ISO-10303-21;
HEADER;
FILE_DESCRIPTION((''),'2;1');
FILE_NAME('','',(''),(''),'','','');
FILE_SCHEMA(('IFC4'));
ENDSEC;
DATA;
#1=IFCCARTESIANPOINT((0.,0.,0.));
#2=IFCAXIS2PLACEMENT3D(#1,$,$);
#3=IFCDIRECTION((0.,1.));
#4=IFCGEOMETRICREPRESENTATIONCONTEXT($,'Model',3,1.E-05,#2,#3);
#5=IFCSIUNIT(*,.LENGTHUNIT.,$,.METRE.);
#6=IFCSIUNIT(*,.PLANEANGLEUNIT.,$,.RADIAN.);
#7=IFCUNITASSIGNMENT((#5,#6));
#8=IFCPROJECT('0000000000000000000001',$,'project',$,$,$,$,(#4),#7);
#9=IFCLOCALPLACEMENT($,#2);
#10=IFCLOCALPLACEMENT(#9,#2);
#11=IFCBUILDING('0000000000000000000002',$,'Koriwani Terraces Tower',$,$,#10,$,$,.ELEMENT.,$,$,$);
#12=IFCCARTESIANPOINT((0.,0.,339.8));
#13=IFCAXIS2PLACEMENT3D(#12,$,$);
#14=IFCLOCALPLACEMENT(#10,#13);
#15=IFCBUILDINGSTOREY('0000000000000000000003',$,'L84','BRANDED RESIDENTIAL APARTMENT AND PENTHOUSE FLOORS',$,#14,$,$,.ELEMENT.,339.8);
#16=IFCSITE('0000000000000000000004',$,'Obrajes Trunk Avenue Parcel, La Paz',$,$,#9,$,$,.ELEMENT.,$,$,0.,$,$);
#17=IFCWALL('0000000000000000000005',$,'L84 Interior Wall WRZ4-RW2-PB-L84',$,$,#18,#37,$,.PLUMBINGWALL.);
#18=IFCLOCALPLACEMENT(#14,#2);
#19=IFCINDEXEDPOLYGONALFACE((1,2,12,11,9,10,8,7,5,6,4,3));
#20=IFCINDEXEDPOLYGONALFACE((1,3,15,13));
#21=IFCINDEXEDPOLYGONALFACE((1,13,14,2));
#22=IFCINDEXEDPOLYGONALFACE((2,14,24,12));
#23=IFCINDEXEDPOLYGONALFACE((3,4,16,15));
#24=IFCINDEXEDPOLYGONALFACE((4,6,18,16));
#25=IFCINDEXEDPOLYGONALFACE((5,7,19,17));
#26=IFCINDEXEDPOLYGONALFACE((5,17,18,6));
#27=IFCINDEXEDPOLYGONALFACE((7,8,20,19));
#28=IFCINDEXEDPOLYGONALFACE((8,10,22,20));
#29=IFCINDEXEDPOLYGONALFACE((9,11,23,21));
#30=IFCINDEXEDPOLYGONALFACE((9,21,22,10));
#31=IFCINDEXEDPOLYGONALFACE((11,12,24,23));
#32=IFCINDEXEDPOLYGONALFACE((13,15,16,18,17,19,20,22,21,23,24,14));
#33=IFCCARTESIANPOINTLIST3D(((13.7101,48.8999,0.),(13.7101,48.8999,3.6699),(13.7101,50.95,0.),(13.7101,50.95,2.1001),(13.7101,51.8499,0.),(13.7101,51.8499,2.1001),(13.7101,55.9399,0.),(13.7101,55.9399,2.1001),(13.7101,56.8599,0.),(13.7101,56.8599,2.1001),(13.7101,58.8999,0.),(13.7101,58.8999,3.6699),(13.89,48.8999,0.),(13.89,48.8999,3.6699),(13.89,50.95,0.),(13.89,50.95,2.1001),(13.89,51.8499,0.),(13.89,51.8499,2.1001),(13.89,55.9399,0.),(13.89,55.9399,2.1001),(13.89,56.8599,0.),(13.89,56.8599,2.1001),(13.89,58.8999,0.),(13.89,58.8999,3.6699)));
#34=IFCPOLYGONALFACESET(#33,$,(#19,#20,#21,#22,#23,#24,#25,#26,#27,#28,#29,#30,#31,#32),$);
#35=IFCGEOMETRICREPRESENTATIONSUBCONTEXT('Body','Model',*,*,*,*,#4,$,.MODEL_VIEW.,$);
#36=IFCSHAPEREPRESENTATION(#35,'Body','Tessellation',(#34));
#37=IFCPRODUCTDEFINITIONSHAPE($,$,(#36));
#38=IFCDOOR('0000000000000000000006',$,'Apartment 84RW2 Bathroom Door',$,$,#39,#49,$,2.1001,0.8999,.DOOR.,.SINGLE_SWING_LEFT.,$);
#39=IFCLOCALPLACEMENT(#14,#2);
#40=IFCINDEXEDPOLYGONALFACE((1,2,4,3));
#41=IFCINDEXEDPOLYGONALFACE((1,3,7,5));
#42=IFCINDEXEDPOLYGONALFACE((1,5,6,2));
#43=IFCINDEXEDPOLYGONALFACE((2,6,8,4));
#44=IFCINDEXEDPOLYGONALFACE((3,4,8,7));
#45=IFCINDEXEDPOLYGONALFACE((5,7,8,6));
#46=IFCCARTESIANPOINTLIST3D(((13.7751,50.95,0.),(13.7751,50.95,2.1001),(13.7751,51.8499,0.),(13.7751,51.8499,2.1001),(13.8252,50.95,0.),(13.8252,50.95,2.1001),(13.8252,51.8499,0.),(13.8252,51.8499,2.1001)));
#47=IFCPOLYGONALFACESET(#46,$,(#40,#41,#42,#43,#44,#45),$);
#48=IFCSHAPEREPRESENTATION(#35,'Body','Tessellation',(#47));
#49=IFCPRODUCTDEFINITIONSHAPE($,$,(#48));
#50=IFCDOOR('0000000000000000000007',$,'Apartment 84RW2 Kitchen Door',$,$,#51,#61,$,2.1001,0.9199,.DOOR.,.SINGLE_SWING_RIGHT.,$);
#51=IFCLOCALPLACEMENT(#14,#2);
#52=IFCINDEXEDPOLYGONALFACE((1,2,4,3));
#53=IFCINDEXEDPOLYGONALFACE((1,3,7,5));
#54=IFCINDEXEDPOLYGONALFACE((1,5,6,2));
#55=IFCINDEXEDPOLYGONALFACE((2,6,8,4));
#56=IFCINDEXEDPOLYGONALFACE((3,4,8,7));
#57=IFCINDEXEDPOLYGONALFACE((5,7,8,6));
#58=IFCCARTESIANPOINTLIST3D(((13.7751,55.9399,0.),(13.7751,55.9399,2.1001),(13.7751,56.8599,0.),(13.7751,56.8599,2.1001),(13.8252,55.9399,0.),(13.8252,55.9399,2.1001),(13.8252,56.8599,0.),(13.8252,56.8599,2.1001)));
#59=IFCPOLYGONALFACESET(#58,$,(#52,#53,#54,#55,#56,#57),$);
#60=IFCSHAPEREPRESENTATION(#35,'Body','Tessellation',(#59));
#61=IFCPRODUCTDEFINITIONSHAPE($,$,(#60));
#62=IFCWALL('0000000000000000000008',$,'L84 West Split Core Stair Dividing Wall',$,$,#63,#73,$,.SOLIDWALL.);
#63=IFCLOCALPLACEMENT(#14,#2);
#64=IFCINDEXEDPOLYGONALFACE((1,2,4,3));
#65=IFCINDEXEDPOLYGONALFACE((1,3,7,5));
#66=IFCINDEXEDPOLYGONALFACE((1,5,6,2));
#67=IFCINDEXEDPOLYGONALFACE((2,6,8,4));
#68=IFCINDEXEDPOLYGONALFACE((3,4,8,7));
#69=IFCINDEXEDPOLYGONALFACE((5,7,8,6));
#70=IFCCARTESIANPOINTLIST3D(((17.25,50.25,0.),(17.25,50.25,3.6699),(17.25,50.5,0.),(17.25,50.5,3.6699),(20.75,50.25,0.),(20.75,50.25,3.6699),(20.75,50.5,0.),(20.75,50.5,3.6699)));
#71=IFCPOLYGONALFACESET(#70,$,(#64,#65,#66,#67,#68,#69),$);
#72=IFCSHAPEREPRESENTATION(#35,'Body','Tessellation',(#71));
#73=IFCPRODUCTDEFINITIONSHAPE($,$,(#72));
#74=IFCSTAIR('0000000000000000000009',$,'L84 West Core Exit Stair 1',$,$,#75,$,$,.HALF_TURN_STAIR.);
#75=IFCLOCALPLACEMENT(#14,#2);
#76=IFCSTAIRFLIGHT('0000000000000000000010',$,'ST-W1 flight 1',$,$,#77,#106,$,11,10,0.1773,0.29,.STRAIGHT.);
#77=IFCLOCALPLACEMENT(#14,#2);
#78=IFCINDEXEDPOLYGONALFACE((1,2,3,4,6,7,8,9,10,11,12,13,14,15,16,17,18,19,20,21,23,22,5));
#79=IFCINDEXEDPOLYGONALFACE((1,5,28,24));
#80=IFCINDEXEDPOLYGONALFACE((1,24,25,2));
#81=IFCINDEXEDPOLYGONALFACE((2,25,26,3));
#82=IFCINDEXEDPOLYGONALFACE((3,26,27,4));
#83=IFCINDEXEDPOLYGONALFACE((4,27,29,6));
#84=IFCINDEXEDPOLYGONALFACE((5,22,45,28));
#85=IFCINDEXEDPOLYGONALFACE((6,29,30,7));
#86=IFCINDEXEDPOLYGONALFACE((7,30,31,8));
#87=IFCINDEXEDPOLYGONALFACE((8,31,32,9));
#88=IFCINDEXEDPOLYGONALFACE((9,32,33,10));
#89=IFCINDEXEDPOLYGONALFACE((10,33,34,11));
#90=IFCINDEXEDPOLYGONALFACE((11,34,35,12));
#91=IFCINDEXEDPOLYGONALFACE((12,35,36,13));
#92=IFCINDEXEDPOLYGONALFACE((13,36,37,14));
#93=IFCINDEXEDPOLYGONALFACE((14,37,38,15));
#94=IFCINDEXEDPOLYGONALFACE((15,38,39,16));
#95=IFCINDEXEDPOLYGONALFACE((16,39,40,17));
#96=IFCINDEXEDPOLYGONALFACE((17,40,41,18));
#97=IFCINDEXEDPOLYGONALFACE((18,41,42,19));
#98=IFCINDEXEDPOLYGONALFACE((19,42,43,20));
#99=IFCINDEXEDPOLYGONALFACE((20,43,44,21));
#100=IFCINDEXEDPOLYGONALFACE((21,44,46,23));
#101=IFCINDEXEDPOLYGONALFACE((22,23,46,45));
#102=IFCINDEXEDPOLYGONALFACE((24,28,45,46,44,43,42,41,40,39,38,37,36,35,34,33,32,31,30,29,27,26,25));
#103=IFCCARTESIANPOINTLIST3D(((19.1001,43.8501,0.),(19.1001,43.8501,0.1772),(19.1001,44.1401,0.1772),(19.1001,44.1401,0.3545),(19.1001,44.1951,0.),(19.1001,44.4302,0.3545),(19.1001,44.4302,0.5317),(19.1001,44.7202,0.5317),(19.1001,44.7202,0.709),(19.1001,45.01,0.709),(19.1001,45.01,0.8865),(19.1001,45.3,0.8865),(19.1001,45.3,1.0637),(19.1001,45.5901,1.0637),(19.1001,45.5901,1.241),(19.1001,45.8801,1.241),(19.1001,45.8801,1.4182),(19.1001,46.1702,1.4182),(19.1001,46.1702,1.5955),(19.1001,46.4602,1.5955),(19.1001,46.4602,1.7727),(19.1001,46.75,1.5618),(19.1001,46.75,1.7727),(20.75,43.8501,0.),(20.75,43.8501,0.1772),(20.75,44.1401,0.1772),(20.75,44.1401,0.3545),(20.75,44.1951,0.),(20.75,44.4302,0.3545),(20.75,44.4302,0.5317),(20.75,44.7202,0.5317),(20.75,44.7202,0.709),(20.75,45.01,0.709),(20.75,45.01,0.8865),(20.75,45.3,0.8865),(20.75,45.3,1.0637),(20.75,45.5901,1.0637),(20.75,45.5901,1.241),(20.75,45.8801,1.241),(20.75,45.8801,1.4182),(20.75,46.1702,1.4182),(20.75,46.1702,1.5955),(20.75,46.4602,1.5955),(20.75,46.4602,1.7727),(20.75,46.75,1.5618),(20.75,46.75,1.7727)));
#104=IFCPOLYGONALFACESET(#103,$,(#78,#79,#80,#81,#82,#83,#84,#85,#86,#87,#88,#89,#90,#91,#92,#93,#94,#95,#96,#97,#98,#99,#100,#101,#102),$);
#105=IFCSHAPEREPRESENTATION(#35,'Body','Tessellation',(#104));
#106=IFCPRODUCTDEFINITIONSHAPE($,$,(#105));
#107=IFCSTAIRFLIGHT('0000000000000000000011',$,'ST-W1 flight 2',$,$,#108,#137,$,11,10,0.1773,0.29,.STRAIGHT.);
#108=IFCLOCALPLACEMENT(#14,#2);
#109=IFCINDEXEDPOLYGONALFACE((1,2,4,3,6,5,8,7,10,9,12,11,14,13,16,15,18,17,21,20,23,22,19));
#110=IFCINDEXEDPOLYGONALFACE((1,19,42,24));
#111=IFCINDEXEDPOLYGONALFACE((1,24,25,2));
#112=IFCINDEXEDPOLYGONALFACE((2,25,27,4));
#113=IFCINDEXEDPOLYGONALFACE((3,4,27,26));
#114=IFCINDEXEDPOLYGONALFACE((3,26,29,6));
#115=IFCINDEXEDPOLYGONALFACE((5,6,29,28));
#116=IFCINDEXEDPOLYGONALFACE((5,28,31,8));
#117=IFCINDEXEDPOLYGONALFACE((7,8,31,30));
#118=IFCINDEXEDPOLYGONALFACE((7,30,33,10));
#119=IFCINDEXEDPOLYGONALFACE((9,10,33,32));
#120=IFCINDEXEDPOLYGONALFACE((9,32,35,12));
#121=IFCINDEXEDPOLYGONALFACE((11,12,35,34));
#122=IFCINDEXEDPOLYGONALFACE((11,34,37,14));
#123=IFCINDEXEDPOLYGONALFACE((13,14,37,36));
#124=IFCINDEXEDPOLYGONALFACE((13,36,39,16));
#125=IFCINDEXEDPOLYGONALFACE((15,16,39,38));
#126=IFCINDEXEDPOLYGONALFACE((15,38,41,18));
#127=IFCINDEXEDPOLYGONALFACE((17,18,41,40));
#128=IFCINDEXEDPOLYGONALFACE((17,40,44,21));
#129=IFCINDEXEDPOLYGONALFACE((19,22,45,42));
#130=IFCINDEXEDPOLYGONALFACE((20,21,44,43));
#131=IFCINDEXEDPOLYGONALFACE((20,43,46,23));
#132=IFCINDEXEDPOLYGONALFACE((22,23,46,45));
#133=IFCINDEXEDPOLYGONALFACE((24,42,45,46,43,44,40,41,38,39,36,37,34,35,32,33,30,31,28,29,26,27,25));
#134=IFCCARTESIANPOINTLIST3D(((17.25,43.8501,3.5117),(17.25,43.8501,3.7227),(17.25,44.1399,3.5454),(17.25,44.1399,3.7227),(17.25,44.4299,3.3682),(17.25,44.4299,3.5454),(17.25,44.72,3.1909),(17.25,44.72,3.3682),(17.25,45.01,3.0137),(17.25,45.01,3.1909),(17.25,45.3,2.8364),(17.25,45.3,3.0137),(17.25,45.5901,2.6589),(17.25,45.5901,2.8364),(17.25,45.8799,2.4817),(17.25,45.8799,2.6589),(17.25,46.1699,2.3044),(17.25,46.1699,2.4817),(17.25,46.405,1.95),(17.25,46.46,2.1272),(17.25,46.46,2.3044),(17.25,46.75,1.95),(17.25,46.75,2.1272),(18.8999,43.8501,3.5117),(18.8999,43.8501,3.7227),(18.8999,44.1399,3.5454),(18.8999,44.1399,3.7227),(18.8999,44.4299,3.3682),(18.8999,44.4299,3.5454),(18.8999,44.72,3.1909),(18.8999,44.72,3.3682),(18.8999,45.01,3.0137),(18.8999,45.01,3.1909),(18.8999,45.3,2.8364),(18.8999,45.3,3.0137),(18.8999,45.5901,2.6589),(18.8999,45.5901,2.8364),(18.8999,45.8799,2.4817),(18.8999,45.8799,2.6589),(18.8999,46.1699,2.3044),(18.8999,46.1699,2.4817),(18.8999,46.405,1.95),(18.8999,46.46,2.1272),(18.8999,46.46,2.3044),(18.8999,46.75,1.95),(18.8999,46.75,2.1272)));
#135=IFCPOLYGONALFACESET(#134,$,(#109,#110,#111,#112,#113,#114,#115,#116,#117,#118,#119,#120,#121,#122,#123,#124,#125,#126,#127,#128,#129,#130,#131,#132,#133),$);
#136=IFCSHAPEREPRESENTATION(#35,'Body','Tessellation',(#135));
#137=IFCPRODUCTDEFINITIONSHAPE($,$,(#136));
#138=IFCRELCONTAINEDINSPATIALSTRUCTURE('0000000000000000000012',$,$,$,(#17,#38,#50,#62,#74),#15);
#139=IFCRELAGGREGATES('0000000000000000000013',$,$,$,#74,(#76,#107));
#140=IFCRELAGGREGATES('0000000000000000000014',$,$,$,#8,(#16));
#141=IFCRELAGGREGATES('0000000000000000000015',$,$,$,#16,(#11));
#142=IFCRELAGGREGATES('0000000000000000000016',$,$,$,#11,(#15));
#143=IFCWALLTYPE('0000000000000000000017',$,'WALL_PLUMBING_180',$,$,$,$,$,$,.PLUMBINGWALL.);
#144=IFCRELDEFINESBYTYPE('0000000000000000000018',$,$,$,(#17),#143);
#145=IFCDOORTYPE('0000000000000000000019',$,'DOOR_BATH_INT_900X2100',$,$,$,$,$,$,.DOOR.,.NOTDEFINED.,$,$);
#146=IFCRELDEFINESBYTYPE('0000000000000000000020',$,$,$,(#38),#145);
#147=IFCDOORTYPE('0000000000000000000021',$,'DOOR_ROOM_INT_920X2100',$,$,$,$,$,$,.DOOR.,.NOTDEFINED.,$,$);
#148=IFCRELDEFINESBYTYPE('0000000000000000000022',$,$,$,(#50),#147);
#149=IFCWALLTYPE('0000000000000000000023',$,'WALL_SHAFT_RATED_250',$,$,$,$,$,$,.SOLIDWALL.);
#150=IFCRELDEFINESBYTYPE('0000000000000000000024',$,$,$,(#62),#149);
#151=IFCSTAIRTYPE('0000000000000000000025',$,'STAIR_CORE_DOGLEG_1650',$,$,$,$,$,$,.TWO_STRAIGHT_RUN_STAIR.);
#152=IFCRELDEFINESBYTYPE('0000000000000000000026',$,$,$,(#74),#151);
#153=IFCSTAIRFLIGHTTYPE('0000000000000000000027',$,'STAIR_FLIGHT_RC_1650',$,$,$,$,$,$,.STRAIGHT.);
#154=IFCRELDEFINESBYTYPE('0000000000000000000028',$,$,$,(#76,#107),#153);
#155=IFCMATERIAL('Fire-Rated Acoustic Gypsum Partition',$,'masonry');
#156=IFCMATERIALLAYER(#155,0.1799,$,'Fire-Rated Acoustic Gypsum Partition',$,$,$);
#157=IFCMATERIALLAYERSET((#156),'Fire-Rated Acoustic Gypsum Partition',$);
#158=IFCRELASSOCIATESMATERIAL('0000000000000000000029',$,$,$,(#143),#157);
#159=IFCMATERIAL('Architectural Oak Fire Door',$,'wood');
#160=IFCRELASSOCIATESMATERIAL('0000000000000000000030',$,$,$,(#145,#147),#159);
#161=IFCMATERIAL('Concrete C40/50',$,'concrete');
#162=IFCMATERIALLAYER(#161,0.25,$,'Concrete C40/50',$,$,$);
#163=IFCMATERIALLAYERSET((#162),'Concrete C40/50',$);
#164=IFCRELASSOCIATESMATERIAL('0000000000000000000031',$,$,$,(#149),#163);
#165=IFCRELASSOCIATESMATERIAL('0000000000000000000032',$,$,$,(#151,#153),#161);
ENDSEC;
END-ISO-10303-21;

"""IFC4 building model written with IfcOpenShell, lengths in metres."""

from ifc_helpers import new_model, si_unit, direction, frame, frame_2d, origin, place, context, subcontext, project, spatial, polyline, rectangle, outline, extrude, material, layer, layer_set, type_object, element, fill, aggregate, save


model = new_model("IFC4")

# Units and contexts
model_context = context("Model", 3, precision=1e-05, world=origin(), true_north=direction((0.0, 1.0)))
body_context = subcontext(model_context, "Body", "Model", "MODEL_VIEW")
ifc_project = project(units=[si_unit("LENGTHUNIT", "METRE"), si_unit("PLANEANGLEUNIT", "RADIAN")], contexts=[model_context])

# Site, building, storey
site_placement = place(None, origin())
site = spatial("IfcSite", under=ifc_project, at=site_placement, Name="Obrajes Trunk Avenue Parcel, La Paz", CompositionType="ELEMENT", RefElevation=0.0)
building_placement = place(site_placement, origin())
building = spatial("IfcBuilding", under=site, at=building_placement, Name="Koriwani Terraces Tower", CompositionType="ELEMENT")
storey_placement = place(building_placement, frame((0.0, 0.0, 339.8)))
storey = spatial("IfcBuildingStorey", under=building, at=storey_placement, Name="L84", Description="BRANDED RESIDENTIAL APARTMENT AND PENTHOUSE FLOORS", CompositionType="ELEMENT", Elevation=339.8)

# Shared definitions
ifc_material_1 = material(Name="Concrete C40/50", Category="concrete")

# Shared definitions
ifc_material_2 = material(Name="Fire-Rated Acoustic Gypsum Partition", Category="masonry")
ifc_layer_1 = layer(ifc_material_2, 0.1799, Name="Fire-Rated Acoustic Gypsum Partition")
ifc_layer_set_1 = layer_set([ifc_layer_1], Name="Fire-Rated Acoustic Gypsum Partition")
wall_type_1 = type_object("IfcWallType", Name="WALL_PLUMBING_180", PredefinedType="PLUMBINGWALL", material=ifc_layer_set_1)

# Wall, openings, doors
wall_1_placement = place(storey_placement, frame((13.8, 48.8999, 0.0), z_axis=(0.0, 0.0, 1.0), x_axis=(0.0, 1.0, 0.0)))
wall_1 = element("IfcWall", 1, at=wall_1_placement, inside=storey, type_object=wall_type_1, Name="L84 Interior Wall WRZ4-RW2-PB-L84", PredefinedType="PLUMBINGWALL", context=body_context, shape_type="SweptSolid", body=[
    extrude(rectangle(XDim=10.0, YDim=0.1799, at=frame_2d((5.0, 0.0))), origin(), (0.0, 0.0, 1.0), 3.6699),
])
opening_1_placement = place(wall_1_placement, frame((2.05, 0.0, 0.0)))
opening_1 = element("IfcOpeningElement", 2, at=opening_1_placement, cuts=wall_1, PredefinedType="OPENING", context=body_context, shape_type="SweptSolid", body=[
    extrude(rectangle(XDim=0.8999, YDim=2.1001, at=frame_2d((0.45, 1.05))), frame((0.0, 0.1001, 0.0), z_axis=(0.0, -1.0, 0.0), x_axis=(1.0, 0.0, 0.0)), (0.0, 0.0, 1.0), 0.2),
])
opening_2_placement = place(wall_1_placement, frame((7.04, 0.0, 0.0)))
opening_2 = element("IfcOpeningElement", 3, at=opening_2_placement, cuts=wall_1, PredefinedType="OPENING", context=body_context, shape_type="SweptSolid", body=[
    extrude(rectangle(XDim=0.9199, YDim=2.1001, at=frame_2d((0.46, 1.05))), frame((0.0, 0.1001, 0.0), z_axis=(0.0, -1.0, 0.0), x_axis=(1.0, 0.0, 0.0)), (0.0, 0.0, 1.0), 0.2),
])
ifc_material_3 = material(Name="Architectural Oak Fire Door", Category="wood")
door_type_1 = type_object("IfcDoorType", Name="DOOR_BATH_INT_900X2100", OperationType="NOTDEFINED", PredefinedType="DOOR", material=ifc_material_3)
door_1_placement = place(opening_1_placement, origin())
door_1 = element("IfcDoor", 4, at=door_1_placement, inside=storey, type_object=door_type_1, Name="Apartment 84RW2 Bathroom Door", OperationType="SINGLE_SWING_LEFT", OverallHeight=2.1001, OverallWidth=0.8999, PredefinedType="DOOR", context=body_context, shape_type="SweptSolid", body=[
    extrude(rectangle(XDim=0.8999, YDim=2.1001, at=frame_2d((0.45, 1.05))), frame((0.0, 0.0249, 0.0), z_axis=(0.0, -1.0, 0.0), x_axis=(1.0, 0.0, 0.0)), (0.0, 0.0, 1.0), 0.05),
])
fill(opening_1, door_1)
door_type_2 = type_object("IfcDoorType", Name="DOOR_ROOM_INT_920X2100", OperationType="NOTDEFINED", PredefinedType="DOOR", material=ifc_material_3)
door_2_placement = place(opening_2_placement, origin())
door_2 = element("IfcDoor", 5, at=door_2_placement, inside=storey, type_object=door_type_2, Name="Apartment 84RW2 Kitchen Door", OperationType="SINGLE_SWING_RIGHT", OverallHeight=2.1001, OverallWidth=0.9199, PredefinedType="DOOR", context=body_context, shape_type="SweptSolid", body=[
    extrude(rectangle(XDim=0.9199, YDim=2.1001, at=frame_2d((0.46, 1.05))), frame((0.0, 0.0249, 0.0), z_axis=(0.0, -1.0, 0.0), x_axis=(1.0, 0.0, 0.0)), (0.0, 0.0, 1.0), 0.05),
])
fill(opening_2, door_2)

# Wall
ifc_layer_2 = layer(ifc_material_1, 0.25, Name="Concrete C40/50")
ifc_layer_set_2 = layer_set([ifc_layer_2], Name="Concrete C40/50")
wall_type_2 = type_object("IfcWallType", Name="WALL_SHAFT_RATED_250", PredefinedType="SOLIDWALL", material=ifc_layer_set_2)
wall_2_placement = place(storey_placement, frame((17.25, 50.375, 0.0), z_axis=(0.0, 0.0, 1.0), x_axis=(1.0, 0.0, 0.0)))
element("IfcWall", 6, at=wall_2_placement, inside=storey, type_object=wall_type_2, Name="L84 West Split Core Stair Dividing Wall", PredefinedType="SOLIDWALL", context=body_context, shape_type="SweptSolid", body=[
    extrude(rectangle(XDim=3.5, YDim=0.25, at=frame_2d((1.75, 0.0))), origin(), (0.0, 0.0, 1.0), 3.6699),
])

# Stair, stair flights
stair_type = type_object("IfcStairType", Name="STAIR_CORE_DOGLEG_1650", PredefinedType="TWO_STRAIGHT_RUN_STAIR", material=ifc_material_1)
stair_placement = place(storey_placement, origin())
stair = element("IfcStair", 7, at=stair_placement, inside=storey, type_object=stair_type, Name="L84 West Core Exit Stair 1", PredefinedType="HALF_TURN_STAIR")
stair_flight_type = type_object("IfcStairFlightType", Name="STAIR_FLIGHT_RC_1650", PredefinedType="STRAIGHT", material=ifc_material_1)
stair_flight_1_placement = place(storey_placement, frame((19.925, 43.8501, 0.0), z_axis=(0.0, 0.0, 1.0), x_axis=(0.0, 1.0, 0.0)))
stair_flight_1 = element("IfcStairFlight", 8, at=stair_flight_1_placement, type_object=stair_flight_type, Name="ST-W1 flight 1", NumberOfRisers=11, NumberOfTreads=10, PredefinedType="STRAIGHT", RiserHeight=0.1773, TreadLength=0.29, context=body_context, shape_type="SweptSolid", body=[
    extrude(outline(polyline([(0.0, 0.0), (0.0, 0.1772), (0.29, 0.1772), (0.29, 0.3545), (0.5801, 0.3545), (0.5801, 0.5317), (0.8701, 0.5317), (0.8701, 0.709), (1.1599, 0.709), (1.1599, 0.8865), (1.45, 0.8865), (1.45, 1.0637), (1.74, 1.0637), (1.74, 1.241), (2.03, 1.241), (2.03, 1.4182), (2.3201, 1.4182), (2.3201, 1.5955), (2.6101, 1.5955), (2.6101, 1.7727), (2.8999, 1.7727), (2.8999, 1.95), (2.8999, 1.5618), (0.345, 0.0), (0.0, 0.0)])), frame((0.0, 0.825, 0.0), z_axis=(0.0, -1.0, 0.0), x_axis=(1.0, 0.0, 0.0)), (0.0, 0.0, 1.0), 1.6499),
])
stair_flight_2_placement = place(storey_placement, frame((18.075, 46.75, 1.95), z_axis=(0.0, 0.0, 1.0), x_axis=(0.0, -1.0, 0.0)))
stair_flight_2 = element("IfcStairFlight", 9, at=stair_flight_2_placement, type_object=stair_flight_type, Name="ST-W1 flight 2", NumberOfRisers=11, NumberOfTreads=10, PredefinedType="STRAIGHT", RiserHeight=0.1773, TreadLength=0.29, context=body_context, shape_type="SweptSolid", body=[
    extrude(outline(polyline([(0.0, 0.0), (0.0, 0.1772), (0.29, 0.1772), (0.29, 0.3545), (0.5801, 0.3545), (0.5801, 0.5317), (0.8701, 0.5317), (0.8701, 0.709), (1.1599, 0.709), (1.1599, 0.8865), (1.45, 0.8865), (1.45, 1.0637), (1.74, 1.0637), (1.74, 1.241), (2.03, 1.241), (2.03, 1.4182), (2.3201, 1.4182), (2.3201, 1.5955), (2.6101, 1.5955), (2.6101, 1.7727), (2.8999, 1.7727), (2.8999, 1.95), (2.8999, 1.5618), (0.345, 0.0), (0.0, 0.0)])), frame((0.0, 0.825, 0.0), z_axis=(0.0, -1.0, 0.0), x_axis=(1.0, 0.0, 0.0)), (0.0, 0.0, 1.0), 1.6499),
])
aggregate(stair, [stair_flight_1, stair_flight_2])

save(model, "model.ifc")
